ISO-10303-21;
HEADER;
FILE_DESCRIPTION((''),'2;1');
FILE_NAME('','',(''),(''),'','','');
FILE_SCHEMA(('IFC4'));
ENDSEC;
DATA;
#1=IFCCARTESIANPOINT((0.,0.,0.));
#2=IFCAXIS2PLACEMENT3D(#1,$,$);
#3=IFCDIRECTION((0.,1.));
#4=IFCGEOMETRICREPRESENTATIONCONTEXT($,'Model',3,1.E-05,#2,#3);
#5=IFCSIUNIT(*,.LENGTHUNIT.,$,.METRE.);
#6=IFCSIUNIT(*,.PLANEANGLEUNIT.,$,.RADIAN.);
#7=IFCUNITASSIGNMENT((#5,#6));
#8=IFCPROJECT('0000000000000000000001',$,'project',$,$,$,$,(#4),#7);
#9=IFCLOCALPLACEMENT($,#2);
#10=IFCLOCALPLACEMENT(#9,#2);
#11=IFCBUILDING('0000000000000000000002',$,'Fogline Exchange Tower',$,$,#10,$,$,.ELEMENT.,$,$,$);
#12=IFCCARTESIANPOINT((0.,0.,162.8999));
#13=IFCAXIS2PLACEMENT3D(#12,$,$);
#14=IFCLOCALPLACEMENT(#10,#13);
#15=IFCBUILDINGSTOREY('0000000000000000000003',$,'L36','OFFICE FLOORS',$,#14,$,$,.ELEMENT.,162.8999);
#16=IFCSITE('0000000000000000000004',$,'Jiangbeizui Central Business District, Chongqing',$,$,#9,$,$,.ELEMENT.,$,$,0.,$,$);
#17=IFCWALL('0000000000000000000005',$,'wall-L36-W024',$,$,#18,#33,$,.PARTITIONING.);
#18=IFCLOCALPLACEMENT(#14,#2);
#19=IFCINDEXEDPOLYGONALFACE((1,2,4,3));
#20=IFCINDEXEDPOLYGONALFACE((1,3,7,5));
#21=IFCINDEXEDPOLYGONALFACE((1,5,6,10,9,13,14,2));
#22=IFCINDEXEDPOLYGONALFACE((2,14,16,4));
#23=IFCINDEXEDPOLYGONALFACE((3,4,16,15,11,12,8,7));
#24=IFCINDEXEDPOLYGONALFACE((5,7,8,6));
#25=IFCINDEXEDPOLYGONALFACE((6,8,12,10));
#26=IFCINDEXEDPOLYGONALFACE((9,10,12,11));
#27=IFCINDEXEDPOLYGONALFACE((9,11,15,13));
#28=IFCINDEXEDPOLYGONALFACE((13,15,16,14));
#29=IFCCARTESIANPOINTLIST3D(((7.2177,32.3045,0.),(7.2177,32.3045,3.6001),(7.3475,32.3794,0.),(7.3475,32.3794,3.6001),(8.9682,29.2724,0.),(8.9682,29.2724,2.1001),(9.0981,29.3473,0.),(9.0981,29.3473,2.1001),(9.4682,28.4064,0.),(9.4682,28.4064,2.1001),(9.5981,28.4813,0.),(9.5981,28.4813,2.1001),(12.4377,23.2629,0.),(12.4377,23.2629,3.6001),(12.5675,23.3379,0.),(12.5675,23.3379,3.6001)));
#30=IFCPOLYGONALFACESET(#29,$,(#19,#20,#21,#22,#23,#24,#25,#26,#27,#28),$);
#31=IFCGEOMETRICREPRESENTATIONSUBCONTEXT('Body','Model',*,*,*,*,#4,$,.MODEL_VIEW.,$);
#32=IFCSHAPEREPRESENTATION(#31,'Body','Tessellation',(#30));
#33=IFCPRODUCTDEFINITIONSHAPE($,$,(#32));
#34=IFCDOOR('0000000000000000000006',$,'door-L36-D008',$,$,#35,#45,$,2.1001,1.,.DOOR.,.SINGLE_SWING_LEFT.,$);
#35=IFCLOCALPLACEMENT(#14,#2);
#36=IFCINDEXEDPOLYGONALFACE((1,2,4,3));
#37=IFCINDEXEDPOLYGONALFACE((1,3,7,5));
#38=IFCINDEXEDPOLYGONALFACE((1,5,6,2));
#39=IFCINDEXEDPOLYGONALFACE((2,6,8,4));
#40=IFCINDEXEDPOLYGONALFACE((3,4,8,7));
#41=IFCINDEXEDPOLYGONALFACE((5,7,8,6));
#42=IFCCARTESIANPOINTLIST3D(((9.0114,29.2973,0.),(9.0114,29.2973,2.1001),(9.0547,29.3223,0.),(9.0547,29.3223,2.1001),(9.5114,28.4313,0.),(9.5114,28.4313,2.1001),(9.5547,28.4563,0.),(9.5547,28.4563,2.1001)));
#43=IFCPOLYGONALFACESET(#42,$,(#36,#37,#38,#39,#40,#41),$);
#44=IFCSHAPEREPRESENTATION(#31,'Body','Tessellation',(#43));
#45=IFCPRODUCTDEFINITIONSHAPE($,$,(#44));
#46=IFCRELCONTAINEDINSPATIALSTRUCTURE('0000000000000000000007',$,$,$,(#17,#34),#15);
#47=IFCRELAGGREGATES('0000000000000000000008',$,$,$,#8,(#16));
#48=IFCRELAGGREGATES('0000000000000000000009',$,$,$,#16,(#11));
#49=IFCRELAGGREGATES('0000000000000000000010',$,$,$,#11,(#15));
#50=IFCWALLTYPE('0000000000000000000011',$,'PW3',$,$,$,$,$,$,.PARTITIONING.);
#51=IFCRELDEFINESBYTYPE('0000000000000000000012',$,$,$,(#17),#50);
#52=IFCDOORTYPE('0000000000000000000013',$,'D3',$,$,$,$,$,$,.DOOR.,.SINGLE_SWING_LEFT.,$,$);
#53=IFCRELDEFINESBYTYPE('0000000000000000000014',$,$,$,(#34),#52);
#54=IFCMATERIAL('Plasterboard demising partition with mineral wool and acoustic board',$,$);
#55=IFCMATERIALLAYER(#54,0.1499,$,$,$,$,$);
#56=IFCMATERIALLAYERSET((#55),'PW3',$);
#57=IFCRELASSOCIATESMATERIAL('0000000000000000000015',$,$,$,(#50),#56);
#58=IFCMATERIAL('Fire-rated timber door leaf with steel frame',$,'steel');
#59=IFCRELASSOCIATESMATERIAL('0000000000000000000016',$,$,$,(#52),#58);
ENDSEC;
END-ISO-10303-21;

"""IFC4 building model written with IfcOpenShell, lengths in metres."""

from ifc_helpers import new_model, si_unit, direction, frame, frame_2d, origin, place, context, subcontext, project, spatial, rectangle, extrude, material, layer, layer_set, type_object, element, fill, save


model = new_model("IFC4")

# Units and contexts
model_context = context("Model", 3, precision=1e-05, world=origin(), true_north=direction((0.0, 1.0)))
body_context = subcontext(model_context, "Body", "Model", "MODEL_VIEW")
ifc_project = project(units=[si_unit("LENGTHUNIT", "METRE"), si_unit("PLANEANGLEUNIT", "RADIAN")], contexts=[model_context])

# Site, building, storey
site_placement = place(None, origin())
site = spatial("IfcSite", under=ifc_project, at=site_placement, Name="Jiangbeizui Central Business District, Chongqing", CompositionType="ELEMENT", RefElevation=0.0)
building_placement = place(site_placement, origin())
building = spatial("IfcBuilding", under=site, at=building_placement, Name="Fogline Exchange Tower", CompositionType="ELEMENT")
storey_placement = place(building_placement, frame((0.0, 0.0, 162.8999)))
storey = spatial("IfcBuildingStorey", under=building, at=storey_placement, Name="L36", Description="OFFICE FLOORS", CompositionType="ELEMENT", Elevation=162.8999)

# Wall, opening, door
ifc_material_1 = material(Name="Plasterboard demising partition with mineral wool and acoustic board")
ifc_layer_1 = layer(ifc_material_1, 0.1499)
ifc_layer_set_1 = layer_set([ifc_layer_1], Name="PW3")
wall_type_1 = type_object("IfcWallType", Name="PW3", PredefinedType="PARTITIONING", material=ifc_layer_set_1)
wall_1_placement = place(storey_placement, frame((12.5027, 23.3003, 0.0), z_axis=(0.0, 0.0, 1.0), x_axis=(-0.49999, 0.866031, 0.0)))
wall_1 = element("IfcWall", 1, at=wall_1_placement, inside=storey, type_object=wall_type_1, Name="wall-L36-W024", PredefinedType="PARTITIONING", context=body_context, shape_type="SweptSolid", body=[
    extrude(rectangle(XDim=10.4402, YDim=0.1499, at=frame_2d((5.2202, 0.0))), origin(), (0.0, 0.0, 1.0), 3.6001),
])
opening_1_placement = place(wall_1_placement, frame((5.9392, 0.0, 0.0)))
opening_1 = element("IfcOpeningElement", 2, at=opening_1_placement, cuts=wall_1, PredefinedType="OPENING", context=body_context, shape_type="SweptSolid", body=[
    extrude(rectangle(XDim=1.0, YDim=2.1001, at=frame_2d((0.5, 1.05))), frame((0.0, 0.085, 0.0), z_axis=(0.0, -1.0, 0.0), x_axis=(1.0, 0.0, 0.0)), (0.0, 0.0, 1.0), 0.1699),
])
ifc_material_2 = material(Name="Fire-rated timber door leaf with steel frame", Category="steel")
door_type_1 = type_object("IfcDoorType", Name="D3", OperationType="SINGLE_SWING_LEFT", PredefinedType="DOOR", material=ifc_material_2)
door_1_placement = place(opening_1_placement, frame((1.0, 0.0, 0.0), z_axis=(0.0, 0.0, 1.0), x_axis=(-1.0, 0.0, 0.0)))
door_1 = element("IfcDoor", 3, at=door_1_placement, inside=storey, type_object=door_type_1, Name="door-L36-D008", OperationType="SINGLE_SWING_LEFT", OverallHeight=2.1001, OverallWidth=1.0, PredefinedType="DOOR", context=body_context, shape_type="SweptSolid", body=[
    extrude(rectangle(XDim=1.0, YDim=2.1001, at=frame_2d((0.5, 1.05))), frame((0.0, 0.0249, 0.0), z_axis=(0.0, -1.0, 0.0), x_axis=(1.0, 0.0, 0.0)), (0.0, 0.0, 1.0), 0.05),
])
fill(opening_1, door_1)

save(model, "model.ifc")
